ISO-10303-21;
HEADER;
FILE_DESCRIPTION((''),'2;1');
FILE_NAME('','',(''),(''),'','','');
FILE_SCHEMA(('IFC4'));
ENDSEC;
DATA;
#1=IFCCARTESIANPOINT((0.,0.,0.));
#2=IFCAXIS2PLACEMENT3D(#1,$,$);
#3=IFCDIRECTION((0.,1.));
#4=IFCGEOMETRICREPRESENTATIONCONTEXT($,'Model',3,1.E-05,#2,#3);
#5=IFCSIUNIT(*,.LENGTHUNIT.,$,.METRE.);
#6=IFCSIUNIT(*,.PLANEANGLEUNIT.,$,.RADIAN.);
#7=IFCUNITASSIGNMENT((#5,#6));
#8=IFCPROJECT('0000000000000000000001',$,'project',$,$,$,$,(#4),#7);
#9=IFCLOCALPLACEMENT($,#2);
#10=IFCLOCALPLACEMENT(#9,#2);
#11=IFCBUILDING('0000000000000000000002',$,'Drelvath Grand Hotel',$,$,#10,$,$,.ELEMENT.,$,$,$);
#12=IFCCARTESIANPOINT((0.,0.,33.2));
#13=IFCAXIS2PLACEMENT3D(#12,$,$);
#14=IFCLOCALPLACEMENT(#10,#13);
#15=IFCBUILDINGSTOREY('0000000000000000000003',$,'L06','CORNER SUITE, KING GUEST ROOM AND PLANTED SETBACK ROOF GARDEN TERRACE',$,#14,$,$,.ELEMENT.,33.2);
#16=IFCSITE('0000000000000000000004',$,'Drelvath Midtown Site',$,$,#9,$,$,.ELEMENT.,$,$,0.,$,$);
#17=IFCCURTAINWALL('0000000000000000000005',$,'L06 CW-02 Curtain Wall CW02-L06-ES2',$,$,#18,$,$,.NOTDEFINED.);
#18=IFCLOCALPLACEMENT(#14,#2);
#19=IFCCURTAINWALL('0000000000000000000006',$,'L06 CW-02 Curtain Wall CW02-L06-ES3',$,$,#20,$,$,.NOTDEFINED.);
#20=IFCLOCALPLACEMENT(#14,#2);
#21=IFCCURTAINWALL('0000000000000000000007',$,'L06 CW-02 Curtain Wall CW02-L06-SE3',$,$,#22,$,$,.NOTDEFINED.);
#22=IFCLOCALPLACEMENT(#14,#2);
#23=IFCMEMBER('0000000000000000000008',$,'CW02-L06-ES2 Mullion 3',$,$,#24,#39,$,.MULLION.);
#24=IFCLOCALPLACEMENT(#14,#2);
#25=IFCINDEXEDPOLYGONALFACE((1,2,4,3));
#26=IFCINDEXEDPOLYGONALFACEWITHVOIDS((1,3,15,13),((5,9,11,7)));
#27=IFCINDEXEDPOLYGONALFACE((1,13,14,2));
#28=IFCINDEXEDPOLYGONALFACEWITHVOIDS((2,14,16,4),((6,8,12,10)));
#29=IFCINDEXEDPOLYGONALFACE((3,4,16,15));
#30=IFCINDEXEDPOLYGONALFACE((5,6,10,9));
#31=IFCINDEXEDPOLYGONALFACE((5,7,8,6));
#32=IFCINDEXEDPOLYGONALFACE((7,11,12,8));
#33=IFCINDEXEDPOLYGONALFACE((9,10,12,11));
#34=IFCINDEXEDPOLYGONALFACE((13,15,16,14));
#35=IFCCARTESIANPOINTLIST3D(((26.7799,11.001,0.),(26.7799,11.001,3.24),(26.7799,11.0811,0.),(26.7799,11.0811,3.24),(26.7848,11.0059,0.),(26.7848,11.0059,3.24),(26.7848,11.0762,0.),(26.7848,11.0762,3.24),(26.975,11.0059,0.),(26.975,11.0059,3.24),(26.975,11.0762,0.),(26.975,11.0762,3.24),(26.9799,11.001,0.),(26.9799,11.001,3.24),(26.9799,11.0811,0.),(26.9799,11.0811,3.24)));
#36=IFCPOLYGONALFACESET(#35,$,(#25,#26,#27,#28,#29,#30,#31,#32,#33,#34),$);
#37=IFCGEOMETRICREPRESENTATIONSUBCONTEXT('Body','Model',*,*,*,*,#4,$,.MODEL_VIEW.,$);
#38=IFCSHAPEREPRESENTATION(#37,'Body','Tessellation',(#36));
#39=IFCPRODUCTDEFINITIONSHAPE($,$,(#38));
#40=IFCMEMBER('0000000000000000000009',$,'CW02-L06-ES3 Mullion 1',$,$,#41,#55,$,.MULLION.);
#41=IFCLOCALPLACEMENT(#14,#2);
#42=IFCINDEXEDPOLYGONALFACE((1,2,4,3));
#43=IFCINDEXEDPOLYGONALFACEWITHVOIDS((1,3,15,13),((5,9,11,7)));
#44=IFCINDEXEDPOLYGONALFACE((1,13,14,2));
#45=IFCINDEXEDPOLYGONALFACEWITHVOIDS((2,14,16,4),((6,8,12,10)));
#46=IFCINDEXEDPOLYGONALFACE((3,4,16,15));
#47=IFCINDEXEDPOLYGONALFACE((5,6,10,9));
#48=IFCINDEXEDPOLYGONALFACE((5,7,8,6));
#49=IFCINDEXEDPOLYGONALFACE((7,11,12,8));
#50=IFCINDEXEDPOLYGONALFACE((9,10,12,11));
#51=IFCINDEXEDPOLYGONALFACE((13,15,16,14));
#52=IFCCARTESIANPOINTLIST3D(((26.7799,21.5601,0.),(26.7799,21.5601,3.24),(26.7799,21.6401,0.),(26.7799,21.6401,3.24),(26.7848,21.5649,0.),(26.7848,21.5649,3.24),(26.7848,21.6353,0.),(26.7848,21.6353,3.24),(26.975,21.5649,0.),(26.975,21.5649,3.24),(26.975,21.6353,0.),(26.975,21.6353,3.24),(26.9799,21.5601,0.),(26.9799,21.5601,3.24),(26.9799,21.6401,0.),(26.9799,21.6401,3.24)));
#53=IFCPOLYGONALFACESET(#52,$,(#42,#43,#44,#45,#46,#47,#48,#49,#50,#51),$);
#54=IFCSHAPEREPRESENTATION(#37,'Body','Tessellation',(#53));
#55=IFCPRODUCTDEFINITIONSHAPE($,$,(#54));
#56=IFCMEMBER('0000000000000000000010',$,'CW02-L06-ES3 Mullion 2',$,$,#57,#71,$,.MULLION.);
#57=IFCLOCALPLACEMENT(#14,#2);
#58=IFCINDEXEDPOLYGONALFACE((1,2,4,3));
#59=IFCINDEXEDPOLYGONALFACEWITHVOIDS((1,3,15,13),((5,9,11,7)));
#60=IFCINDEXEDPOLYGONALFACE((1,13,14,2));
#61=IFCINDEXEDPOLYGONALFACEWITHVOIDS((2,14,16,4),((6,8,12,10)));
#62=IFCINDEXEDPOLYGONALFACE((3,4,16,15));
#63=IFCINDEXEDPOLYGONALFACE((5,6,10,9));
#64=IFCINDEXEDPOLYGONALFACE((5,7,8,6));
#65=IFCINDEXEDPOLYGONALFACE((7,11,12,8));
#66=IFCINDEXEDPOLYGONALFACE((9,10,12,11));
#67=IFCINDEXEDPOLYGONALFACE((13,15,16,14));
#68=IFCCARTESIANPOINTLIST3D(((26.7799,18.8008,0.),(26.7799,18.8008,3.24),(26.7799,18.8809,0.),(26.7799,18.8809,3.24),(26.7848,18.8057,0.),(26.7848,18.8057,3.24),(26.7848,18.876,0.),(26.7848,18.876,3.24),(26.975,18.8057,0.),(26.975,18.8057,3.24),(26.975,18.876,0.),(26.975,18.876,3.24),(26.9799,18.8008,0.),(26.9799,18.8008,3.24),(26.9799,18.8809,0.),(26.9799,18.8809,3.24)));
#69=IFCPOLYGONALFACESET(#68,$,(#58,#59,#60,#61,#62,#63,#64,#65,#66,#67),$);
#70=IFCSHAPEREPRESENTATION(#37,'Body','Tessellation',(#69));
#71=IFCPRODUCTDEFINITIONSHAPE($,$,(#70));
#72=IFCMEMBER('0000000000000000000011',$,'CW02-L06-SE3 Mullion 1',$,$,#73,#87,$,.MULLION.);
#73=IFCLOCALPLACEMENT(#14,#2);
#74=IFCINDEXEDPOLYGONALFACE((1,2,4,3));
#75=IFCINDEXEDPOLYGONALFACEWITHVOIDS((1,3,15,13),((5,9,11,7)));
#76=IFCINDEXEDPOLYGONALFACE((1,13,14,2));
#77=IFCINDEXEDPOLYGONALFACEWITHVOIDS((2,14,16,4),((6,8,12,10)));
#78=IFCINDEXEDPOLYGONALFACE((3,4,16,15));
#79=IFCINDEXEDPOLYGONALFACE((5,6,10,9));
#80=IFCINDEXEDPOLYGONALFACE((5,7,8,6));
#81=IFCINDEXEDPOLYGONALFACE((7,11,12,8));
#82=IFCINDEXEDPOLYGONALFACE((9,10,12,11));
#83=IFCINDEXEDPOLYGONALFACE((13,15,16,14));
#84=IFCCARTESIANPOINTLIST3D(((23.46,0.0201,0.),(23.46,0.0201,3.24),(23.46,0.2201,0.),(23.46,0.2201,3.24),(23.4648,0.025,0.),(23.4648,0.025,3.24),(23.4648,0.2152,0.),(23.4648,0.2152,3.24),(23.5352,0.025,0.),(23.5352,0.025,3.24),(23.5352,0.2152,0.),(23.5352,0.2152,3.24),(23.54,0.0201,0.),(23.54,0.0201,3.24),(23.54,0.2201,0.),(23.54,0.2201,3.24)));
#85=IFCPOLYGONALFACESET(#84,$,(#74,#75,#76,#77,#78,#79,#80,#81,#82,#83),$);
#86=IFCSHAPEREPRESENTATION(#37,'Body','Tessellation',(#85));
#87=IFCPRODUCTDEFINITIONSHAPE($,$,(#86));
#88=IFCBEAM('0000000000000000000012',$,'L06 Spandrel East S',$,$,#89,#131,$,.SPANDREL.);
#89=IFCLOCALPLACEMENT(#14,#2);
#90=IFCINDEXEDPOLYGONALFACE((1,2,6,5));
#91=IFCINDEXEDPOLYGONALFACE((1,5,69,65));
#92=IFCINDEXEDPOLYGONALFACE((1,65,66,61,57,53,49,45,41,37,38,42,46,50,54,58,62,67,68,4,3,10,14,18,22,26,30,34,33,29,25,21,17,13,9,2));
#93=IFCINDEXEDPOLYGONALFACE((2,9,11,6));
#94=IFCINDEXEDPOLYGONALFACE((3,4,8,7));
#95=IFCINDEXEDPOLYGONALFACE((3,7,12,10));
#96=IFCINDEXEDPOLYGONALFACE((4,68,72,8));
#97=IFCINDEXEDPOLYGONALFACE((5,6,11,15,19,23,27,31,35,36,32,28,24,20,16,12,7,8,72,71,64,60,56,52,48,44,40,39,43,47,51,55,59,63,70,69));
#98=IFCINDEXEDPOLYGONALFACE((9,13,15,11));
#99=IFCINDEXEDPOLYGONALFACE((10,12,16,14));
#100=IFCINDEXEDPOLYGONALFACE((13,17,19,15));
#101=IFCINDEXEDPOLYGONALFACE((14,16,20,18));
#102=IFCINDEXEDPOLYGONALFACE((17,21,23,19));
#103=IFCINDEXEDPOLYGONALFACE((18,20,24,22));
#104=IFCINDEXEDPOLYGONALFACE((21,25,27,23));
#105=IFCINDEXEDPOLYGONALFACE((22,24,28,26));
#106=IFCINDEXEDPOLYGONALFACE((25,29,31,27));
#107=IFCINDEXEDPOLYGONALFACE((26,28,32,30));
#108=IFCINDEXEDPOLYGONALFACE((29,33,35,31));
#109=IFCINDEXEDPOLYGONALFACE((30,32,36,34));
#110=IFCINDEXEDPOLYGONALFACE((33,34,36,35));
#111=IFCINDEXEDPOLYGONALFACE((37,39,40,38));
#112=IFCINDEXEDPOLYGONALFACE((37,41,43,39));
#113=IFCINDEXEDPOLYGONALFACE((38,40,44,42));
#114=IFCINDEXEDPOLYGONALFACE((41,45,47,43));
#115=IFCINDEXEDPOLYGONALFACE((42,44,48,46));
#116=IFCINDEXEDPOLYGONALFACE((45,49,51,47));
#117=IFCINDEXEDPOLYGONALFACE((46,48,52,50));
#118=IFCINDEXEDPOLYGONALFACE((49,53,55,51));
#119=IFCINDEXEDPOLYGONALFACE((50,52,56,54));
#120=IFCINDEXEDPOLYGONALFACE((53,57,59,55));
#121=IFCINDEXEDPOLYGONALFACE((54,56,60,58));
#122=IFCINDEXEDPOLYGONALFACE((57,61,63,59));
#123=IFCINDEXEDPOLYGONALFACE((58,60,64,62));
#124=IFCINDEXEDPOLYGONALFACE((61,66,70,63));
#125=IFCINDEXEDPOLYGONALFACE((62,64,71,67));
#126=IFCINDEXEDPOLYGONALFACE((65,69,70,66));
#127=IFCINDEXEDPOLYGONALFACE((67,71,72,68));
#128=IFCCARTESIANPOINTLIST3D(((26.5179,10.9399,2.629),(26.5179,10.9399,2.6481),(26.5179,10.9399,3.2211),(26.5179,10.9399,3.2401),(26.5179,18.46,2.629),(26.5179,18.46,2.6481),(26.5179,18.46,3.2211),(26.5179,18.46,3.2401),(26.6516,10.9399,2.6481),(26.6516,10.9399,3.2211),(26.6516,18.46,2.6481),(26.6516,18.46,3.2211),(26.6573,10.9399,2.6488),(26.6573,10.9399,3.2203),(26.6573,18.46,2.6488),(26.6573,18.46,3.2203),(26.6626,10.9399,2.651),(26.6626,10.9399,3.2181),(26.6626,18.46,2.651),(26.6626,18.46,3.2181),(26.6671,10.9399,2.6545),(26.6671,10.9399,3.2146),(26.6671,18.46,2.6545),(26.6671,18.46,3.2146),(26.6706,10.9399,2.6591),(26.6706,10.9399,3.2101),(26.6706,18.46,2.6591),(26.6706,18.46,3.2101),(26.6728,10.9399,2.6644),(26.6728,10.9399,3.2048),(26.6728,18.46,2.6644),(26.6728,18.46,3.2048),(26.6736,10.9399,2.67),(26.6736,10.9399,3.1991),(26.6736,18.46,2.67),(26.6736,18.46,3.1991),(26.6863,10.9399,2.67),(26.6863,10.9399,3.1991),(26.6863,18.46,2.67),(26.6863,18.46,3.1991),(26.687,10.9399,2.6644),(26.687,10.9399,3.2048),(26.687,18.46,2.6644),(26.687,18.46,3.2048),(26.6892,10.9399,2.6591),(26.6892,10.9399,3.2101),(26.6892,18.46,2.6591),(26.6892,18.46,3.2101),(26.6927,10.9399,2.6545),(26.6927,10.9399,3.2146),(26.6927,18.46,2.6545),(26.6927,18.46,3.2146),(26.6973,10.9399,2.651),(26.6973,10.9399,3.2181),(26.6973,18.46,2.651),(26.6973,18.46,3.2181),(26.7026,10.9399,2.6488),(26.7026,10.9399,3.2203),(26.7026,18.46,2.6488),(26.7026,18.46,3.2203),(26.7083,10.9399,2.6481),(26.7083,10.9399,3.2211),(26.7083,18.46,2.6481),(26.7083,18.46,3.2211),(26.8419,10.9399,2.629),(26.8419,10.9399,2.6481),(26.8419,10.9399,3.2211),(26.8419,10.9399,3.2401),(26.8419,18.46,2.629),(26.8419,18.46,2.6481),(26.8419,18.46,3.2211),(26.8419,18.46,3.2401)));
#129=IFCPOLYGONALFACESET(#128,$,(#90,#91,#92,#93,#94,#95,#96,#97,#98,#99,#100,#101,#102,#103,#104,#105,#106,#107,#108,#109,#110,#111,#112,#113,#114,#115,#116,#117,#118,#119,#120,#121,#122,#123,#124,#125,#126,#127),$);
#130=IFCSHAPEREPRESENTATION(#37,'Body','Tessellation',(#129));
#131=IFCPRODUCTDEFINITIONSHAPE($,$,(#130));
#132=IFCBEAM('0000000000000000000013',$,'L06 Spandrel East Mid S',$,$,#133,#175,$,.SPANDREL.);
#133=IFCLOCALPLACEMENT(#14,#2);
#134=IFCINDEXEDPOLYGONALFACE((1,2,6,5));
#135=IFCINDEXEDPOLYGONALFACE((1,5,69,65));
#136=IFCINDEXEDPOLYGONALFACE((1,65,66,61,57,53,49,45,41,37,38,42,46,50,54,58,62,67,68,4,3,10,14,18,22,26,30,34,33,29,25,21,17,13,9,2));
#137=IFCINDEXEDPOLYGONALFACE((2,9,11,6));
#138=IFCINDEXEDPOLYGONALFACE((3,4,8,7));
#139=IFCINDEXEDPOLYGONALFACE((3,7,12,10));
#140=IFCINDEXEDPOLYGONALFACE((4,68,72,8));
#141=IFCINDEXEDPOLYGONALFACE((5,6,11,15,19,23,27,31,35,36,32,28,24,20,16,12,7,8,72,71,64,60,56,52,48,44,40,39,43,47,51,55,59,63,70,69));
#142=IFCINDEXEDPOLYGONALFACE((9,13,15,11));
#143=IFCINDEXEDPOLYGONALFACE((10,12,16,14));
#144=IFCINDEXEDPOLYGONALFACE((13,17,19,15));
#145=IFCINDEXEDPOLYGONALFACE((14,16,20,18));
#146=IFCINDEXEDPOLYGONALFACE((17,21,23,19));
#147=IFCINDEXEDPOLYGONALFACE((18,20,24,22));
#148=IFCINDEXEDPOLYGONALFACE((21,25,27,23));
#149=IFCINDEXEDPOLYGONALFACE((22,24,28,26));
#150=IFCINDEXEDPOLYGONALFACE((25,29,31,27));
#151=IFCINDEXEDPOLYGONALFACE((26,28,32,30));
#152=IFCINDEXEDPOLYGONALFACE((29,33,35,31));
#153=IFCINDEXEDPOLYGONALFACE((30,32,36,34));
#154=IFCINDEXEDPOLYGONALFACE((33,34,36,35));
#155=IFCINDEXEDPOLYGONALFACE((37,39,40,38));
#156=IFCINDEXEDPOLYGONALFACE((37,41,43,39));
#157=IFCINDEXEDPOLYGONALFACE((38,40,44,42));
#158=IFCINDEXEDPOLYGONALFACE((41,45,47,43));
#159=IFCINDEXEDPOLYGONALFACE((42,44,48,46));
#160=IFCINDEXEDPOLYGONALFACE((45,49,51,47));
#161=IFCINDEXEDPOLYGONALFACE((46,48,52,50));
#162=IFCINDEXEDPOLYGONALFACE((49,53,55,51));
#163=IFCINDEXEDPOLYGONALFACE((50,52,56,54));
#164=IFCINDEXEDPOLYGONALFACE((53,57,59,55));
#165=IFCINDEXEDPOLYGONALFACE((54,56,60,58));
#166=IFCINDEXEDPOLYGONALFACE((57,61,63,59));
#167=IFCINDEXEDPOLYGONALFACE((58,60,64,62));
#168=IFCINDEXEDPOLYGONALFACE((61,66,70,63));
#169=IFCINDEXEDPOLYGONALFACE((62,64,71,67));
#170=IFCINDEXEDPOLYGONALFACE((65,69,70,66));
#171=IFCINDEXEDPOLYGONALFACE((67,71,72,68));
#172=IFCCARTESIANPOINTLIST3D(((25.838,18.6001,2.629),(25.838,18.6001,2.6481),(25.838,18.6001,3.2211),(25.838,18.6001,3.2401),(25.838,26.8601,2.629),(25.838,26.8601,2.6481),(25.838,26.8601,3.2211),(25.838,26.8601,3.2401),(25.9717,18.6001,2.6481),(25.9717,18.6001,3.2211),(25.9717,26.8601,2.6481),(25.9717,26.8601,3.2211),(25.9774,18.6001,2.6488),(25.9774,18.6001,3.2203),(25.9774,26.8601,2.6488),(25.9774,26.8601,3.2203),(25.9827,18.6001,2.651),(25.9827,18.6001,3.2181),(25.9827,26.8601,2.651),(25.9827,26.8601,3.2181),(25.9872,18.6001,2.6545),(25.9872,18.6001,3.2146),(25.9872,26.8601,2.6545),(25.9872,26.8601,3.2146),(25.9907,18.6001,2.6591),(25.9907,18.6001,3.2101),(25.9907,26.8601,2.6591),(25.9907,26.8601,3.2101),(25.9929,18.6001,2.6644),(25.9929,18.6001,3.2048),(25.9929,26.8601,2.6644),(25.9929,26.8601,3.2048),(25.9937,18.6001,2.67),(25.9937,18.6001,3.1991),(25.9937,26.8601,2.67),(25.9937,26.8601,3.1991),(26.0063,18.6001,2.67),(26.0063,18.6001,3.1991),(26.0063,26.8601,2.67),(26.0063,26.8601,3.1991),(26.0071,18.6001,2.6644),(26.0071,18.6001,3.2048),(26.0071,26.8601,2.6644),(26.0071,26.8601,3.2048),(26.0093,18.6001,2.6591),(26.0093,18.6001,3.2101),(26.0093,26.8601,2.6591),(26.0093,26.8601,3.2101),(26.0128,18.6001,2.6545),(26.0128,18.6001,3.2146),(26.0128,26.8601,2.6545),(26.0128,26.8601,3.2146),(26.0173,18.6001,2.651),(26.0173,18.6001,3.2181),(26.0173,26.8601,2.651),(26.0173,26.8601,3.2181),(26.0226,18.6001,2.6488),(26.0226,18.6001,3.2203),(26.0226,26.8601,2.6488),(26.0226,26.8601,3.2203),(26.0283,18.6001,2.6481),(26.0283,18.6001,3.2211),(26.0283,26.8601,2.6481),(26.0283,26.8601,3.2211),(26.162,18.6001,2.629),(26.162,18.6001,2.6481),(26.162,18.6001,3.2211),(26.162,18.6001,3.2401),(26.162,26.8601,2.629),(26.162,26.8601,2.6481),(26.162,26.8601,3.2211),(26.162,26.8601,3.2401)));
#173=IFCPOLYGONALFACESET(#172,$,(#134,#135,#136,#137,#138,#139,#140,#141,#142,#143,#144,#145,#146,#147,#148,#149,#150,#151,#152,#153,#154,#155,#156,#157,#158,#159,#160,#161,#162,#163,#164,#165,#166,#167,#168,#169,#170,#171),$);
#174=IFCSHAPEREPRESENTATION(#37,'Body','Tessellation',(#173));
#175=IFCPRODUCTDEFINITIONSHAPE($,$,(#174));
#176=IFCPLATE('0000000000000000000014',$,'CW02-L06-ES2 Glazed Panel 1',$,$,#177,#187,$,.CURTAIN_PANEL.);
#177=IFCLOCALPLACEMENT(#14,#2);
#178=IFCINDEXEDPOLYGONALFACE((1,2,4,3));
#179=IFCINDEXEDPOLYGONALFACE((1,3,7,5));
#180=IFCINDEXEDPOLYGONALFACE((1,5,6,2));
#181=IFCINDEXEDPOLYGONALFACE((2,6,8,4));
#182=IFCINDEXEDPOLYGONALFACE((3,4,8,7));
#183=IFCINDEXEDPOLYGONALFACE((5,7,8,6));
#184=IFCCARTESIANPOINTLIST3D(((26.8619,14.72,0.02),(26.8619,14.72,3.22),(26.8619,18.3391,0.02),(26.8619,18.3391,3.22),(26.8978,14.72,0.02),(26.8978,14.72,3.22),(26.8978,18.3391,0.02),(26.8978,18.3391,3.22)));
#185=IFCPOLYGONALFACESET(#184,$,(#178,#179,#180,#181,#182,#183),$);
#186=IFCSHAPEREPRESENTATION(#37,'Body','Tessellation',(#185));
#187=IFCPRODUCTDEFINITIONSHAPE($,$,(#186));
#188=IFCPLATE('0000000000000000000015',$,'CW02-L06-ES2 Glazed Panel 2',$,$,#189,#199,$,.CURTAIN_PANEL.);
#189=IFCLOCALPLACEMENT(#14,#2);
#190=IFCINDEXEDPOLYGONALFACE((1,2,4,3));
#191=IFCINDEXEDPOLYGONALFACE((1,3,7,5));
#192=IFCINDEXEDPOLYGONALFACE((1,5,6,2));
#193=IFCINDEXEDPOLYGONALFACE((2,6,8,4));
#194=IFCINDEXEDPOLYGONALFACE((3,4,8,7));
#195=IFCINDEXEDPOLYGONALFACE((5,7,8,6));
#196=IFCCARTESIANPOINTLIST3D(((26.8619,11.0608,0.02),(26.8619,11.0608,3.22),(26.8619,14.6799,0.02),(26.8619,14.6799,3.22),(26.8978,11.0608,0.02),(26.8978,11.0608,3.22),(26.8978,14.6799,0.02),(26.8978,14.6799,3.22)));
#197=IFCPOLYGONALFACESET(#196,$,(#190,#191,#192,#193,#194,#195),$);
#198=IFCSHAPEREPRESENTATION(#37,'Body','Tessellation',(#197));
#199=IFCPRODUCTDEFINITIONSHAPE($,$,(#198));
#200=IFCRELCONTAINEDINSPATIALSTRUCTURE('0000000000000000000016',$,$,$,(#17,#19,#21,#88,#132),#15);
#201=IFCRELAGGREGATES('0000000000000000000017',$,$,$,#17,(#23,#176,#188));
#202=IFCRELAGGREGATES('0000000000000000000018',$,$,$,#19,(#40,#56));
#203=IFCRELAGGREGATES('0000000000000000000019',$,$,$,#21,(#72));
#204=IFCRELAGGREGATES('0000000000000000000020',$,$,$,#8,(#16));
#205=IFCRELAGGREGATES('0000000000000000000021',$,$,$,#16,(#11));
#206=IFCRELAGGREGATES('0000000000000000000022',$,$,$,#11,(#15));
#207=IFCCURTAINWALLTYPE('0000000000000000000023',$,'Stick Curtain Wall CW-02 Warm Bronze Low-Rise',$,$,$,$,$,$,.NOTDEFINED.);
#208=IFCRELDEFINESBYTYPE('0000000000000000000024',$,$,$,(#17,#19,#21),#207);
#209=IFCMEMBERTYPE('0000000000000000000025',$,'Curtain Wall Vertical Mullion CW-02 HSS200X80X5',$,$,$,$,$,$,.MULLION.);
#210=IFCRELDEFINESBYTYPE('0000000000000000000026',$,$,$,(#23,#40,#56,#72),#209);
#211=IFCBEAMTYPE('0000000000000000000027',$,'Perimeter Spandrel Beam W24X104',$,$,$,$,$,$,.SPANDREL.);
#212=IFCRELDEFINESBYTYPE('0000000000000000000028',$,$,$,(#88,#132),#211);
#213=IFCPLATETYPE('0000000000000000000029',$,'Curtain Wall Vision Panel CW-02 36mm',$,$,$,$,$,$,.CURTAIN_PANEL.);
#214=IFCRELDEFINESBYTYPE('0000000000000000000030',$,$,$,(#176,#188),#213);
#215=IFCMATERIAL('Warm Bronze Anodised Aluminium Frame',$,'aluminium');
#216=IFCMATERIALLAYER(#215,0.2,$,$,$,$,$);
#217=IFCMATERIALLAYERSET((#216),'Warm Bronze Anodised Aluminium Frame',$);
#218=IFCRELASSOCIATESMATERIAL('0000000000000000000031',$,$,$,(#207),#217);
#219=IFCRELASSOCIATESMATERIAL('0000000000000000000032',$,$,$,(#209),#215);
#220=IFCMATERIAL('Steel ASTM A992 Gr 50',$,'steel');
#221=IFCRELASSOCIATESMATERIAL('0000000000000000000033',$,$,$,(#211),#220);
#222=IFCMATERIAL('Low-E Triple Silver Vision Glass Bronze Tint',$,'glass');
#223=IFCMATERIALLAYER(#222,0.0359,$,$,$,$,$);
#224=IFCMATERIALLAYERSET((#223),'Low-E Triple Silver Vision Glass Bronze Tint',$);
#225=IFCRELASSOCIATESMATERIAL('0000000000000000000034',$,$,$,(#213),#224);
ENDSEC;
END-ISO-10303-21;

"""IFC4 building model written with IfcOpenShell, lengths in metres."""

from ifc_helpers import new_model, si_unit, direction, frame, origin, origin_2d, place, context, subcontext, project, spatial, rectangle, hollow_rectangle, i_section, extrude, material, layer, layer_set, material_profile, profile_set, type_object, element, aggregate, save


model = new_model("IFC4")

# Units and contexts
model_context = context("Model", 3, precision=1e-05, world=origin(), true_north=direction((0.0, 1.0)))
body_context = subcontext(model_context, "Body", "Model", "MODEL_VIEW")
ifc_project = project(units=[si_unit("LENGTHUNIT", "METRE"), si_unit("PLANEANGLEUNIT", "RADIAN")], contexts=[model_context])

# Site, building, storey
site_placement = place(None, origin())
site = spatial("IfcSite", under=ifc_project, at=site_placement, Name="Drelvath Midtown Site", CompositionType="ELEMENT", RefElevation=0.0)
building_placement = place(site_placement, origin())
building = spatial("IfcBuilding", under=site, at=building_placement, Name="Drelvath Grand Hotel", CompositionType="ELEMENT")
storey_placement = place(building_placement, frame((0.0, 0.0, 33.2)))
storey = spatial("IfcBuildingStorey", under=building, at=storey_placement, Name="L06", Description="CORNER SUITE, KING GUEST ROOM AND PLANTED SETBACK ROOF GARDEN TERRACE", CompositionType="ELEMENT", Elevation=33.2)

# Curtain walls
ifc_material_1 = material(Name="Warm Bronze Anodised Aluminium Frame", Category="aluminium")
ifc_layer_1 = layer(ifc_material_1, 0.2)
ifc_layer_set_1 = layer_set([ifc_layer_1], Name="Warm Bronze Anodised Aluminium Frame")
curtain_wall_type = type_object("IfcCurtainWallType", Name="Stick Curtain Wall CW-02 Warm Bronze Low-Rise", PredefinedType="NOTDEFINED", material=ifc_layer_set_1)
curtain_wall_1_placement = place(storey_placement, origin())
curtain_wall_1 = element("IfcCurtainWall", 1, at=curtain_wall_1_placement, inside=storey, type_object=curtain_wall_type, Name="L06 CW-02 Curtain Wall CW02-L06-ES2", PredefinedType="NOTDEFINED")
curtain_wall_2_placement = place(storey_placement, origin())
curtain_wall_2 = element("IfcCurtainWall", 2, at=curtain_wall_2_placement, inside=storey, type_object=curtain_wall_type, Name="L06 CW-02 Curtain Wall CW02-L06-ES3", PredefinedType="NOTDEFINED")
curtain_wall_3_placement = place(storey_placement, origin())
curtain_wall_3 = element("IfcCurtainWall", 3, at=curtain_wall_3_placement, inside=storey, type_object=curtain_wall_type, Name="L06 CW-02 Curtain Wall CW02-L06-SE3", PredefinedType="NOTDEFINED")

# Members
ifc_material_profile_1 = material_profile(ifc_material_1, hollow_rectangle(XDim=0.0801, YDim=0.2, WallThickness=0.0049, at=origin_2d()), Name="HSS200X80X5")
ifc_profile_set_1 = profile_set([ifc_material_profile_1], Name="Warm Bronze Anodised Aluminium Frame")
member_type_1 = type_object("IfcMemberType", Name="Curtain Wall Vertical Mullion CW-02 HSS200X80X5", PredefinedType="MULLION", material=ifc_profile_set_1)
member_1_placement = place(storey_placement, frame((26.8799, 11.041, 0.0), z_axis=(0.0, 0.0, 1.0), x_axis=(0.0, 1.0, 0.0)))
member_1 = element("IfcMember", 4, at=member_1_placement, type_object=member_type_1, Name="CW02-L06-ES2 Mullion 3", PredefinedType="MULLION", context=body_context, shape_type="SweptSolid", body=[
    extrude(hollow_rectangle(XDim=0.0801, YDim=0.2, WallThickness=0.0049, at=origin_2d()), origin(), (0.0, 0.0, 1.0), 3.24),
])
member_2_placement = place(storey_placement, frame((26.8799, 21.6001, 0.0), z_axis=(0.0, 0.0, 1.0), x_axis=(0.0, 1.0, 0.0)))
member_2 = element("IfcMember", 5, at=member_2_placement, type_object=member_type_1, Name="CW02-L06-ES3 Mullion 1", PredefinedType="MULLION", context=body_context, shape_type="SweptSolid", body=[
    extrude(hollow_rectangle(XDim=0.0801, YDim=0.2, WallThickness=0.0049, at=origin_2d()), origin(), (0.0, 0.0, 1.0), 3.24),
])
member_3_placement = place(storey_placement, frame((26.8799, 18.8408, 0.0), z_axis=(0.0, 0.0, 1.0), x_axis=(0.0, 1.0, 0.0)))
member_3 = element("IfcMember", 6, at=member_3_placement, type_object=member_type_1, Name="CW02-L06-ES3 Mullion 2", PredefinedType="MULLION", context=body_context, shape_type="SweptSolid", body=[
    extrude(hollow_rectangle(XDim=0.0801, YDim=0.2, WallThickness=0.0049, at=origin_2d()), origin(), (0.0, 0.0, 1.0), 3.24),
])
member_4_placement = place(storey_placement, frame((23.5, 0.1201, 0.0), z_axis=(0.0, 0.0, 1.0), x_axis=(1.0, 0.0, 0.0)))
member_4 = element("IfcMember", 7, at=member_4_placement, type_object=member_type_1, Name="CW02-L06-SE3 Mullion 1", PredefinedType="MULLION", context=body_context, shape_type="SweptSolid", body=[
    extrude(hollow_rectangle(XDim=0.0801, YDim=0.2, WallThickness=0.0049, at=origin_2d()), origin(), (0.0, 0.0, 1.0), 3.24),
])

# Beams
ifc_material_2 = material(Name="Steel ASTM A992 Gr 50", Category="steel")
ifc_material_profile_2 = material_profile(ifc_material_2, i_section(OverallWidth=0.324, OverallDepth=0.6111, WebThickness=0.0127, FlangeThickness=0.019, FilletRadius=0.022, at=origin_2d()), Name="W24X104")
ifc_profile_set_2 = profile_set([ifc_material_profile_2], Name="Steel ASTM A992 Gr 50")
beam_type = type_object("IfcBeamType", Name="Perimeter Spandrel Beam W24X104", PredefinedType="SPANDREL", material=ifc_profile_set_2)
beam_1_placement = place(storey_placement, frame((26.6799, 10.9399, 2.9346), z_axis=(0.0, 1.0, 0.0), x_axis=(-1.0, 0.0, 0.0)))
element("IfcBeam", 8, at=beam_1_placement, inside=storey, type_object=beam_type, Name="L06 Spandrel East S", PredefinedType="SPANDREL", context=body_context, shape_type="SweptSolid", body=[
    extrude(i_section(OverallWidth=0.324, OverallDepth=0.6111, WebThickness=0.0127, FlangeThickness=0.019, FilletRadius=0.022, at=origin_2d()), origin(), (0.0, 0.0, 1.0), 7.52),
])
beam_2_placement = place(storey_placement, frame((26.0, 18.6001, 2.9346), z_axis=(0.0, 1.0, 0.0), x_axis=(-1.0, 0.0, 0.0)))
element("IfcBeam", 9, at=beam_2_placement, inside=storey, type_object=beam_type, Name="L06 Spandrel East Mid S", PredefinedType="SPANDREL", context=body_context, shape_type="SweptSolid", body=[
    extrude(i_section(OverallWidth=0.324, OverallDepth=0.6111, WebThickness=0.0127, FlangeThickness=0.019, FilletRadius=0.022, at=origin_2d()), origin(), (0.0, 0.0, 1.0), 8.26),
])

# Plates
ifc_material_3 = material(Name="Low-E Triple Silver Vision Glass Bronze Tint", Category="glass")
ifc_layer_2 = layer(ifc_material_3, 0.0359)
ifc_layer_set_2 = layer_set([ifc_layer_2], Name="Low-E Triple Silver Vision Glass Bronze Tint")
plate_type = type_object("IfcPlateType", Name="Curtain Wall Vision Panel CW-02 36mm", PredefinedType="CURTAIN_PANEL", material=ifc_layer_set_2)
plate_1_placement = place(storey_placement, frame((26.8799, 16.5295, 0.02), z_axis=(0.0, 0.0, 1.0), x_axis=(0.0, -1.0, 0.0)))
plate_1 = element("IfcPlate", 10, at=plate_1_placement, type_object=plate_type, Name="CW02-L06-ES2 Glazed Panel 1", PredefinedType="CURTAIN_PANEL", context=body_context, shape_type="SweptSolid", body=[
    extrude(rectangle(XDim=3.6191, YDim=0.0359, at=origin_2d()), origin(), (0.0, 0.0, 1.0), 3.2),
])
plate_2_placement = place(storey_placement, frame((26.8799, 12.8704, 0.02), z_axis=(0.0, 0.0, 1.0), x_axis=(0.0, -1.0, 0.0)))
plate_2 = element("IfcPlate", 11, at=plate_2_placement, type_object=plate_type, Name="CW02-L06-ES2 Glazed Panel 2", PredefinedType="CURTAIN_PANEL", context=body_context, shape_type="SweptSolid", body=[
    extrude(rectangle(XDim=3.6191, YDim=0.0359, at=origin_2d()), origin(), (0.0, 0.0, 1.0), 3.2),
])
aggregate(curtain_wall_1, [member_1, plate_1, plate_2])
aggregate(curtain_wall_2, [member_2, member_3])
aggregate(curtain_wall_3, [member_4])

save(model, "model.ifc")
